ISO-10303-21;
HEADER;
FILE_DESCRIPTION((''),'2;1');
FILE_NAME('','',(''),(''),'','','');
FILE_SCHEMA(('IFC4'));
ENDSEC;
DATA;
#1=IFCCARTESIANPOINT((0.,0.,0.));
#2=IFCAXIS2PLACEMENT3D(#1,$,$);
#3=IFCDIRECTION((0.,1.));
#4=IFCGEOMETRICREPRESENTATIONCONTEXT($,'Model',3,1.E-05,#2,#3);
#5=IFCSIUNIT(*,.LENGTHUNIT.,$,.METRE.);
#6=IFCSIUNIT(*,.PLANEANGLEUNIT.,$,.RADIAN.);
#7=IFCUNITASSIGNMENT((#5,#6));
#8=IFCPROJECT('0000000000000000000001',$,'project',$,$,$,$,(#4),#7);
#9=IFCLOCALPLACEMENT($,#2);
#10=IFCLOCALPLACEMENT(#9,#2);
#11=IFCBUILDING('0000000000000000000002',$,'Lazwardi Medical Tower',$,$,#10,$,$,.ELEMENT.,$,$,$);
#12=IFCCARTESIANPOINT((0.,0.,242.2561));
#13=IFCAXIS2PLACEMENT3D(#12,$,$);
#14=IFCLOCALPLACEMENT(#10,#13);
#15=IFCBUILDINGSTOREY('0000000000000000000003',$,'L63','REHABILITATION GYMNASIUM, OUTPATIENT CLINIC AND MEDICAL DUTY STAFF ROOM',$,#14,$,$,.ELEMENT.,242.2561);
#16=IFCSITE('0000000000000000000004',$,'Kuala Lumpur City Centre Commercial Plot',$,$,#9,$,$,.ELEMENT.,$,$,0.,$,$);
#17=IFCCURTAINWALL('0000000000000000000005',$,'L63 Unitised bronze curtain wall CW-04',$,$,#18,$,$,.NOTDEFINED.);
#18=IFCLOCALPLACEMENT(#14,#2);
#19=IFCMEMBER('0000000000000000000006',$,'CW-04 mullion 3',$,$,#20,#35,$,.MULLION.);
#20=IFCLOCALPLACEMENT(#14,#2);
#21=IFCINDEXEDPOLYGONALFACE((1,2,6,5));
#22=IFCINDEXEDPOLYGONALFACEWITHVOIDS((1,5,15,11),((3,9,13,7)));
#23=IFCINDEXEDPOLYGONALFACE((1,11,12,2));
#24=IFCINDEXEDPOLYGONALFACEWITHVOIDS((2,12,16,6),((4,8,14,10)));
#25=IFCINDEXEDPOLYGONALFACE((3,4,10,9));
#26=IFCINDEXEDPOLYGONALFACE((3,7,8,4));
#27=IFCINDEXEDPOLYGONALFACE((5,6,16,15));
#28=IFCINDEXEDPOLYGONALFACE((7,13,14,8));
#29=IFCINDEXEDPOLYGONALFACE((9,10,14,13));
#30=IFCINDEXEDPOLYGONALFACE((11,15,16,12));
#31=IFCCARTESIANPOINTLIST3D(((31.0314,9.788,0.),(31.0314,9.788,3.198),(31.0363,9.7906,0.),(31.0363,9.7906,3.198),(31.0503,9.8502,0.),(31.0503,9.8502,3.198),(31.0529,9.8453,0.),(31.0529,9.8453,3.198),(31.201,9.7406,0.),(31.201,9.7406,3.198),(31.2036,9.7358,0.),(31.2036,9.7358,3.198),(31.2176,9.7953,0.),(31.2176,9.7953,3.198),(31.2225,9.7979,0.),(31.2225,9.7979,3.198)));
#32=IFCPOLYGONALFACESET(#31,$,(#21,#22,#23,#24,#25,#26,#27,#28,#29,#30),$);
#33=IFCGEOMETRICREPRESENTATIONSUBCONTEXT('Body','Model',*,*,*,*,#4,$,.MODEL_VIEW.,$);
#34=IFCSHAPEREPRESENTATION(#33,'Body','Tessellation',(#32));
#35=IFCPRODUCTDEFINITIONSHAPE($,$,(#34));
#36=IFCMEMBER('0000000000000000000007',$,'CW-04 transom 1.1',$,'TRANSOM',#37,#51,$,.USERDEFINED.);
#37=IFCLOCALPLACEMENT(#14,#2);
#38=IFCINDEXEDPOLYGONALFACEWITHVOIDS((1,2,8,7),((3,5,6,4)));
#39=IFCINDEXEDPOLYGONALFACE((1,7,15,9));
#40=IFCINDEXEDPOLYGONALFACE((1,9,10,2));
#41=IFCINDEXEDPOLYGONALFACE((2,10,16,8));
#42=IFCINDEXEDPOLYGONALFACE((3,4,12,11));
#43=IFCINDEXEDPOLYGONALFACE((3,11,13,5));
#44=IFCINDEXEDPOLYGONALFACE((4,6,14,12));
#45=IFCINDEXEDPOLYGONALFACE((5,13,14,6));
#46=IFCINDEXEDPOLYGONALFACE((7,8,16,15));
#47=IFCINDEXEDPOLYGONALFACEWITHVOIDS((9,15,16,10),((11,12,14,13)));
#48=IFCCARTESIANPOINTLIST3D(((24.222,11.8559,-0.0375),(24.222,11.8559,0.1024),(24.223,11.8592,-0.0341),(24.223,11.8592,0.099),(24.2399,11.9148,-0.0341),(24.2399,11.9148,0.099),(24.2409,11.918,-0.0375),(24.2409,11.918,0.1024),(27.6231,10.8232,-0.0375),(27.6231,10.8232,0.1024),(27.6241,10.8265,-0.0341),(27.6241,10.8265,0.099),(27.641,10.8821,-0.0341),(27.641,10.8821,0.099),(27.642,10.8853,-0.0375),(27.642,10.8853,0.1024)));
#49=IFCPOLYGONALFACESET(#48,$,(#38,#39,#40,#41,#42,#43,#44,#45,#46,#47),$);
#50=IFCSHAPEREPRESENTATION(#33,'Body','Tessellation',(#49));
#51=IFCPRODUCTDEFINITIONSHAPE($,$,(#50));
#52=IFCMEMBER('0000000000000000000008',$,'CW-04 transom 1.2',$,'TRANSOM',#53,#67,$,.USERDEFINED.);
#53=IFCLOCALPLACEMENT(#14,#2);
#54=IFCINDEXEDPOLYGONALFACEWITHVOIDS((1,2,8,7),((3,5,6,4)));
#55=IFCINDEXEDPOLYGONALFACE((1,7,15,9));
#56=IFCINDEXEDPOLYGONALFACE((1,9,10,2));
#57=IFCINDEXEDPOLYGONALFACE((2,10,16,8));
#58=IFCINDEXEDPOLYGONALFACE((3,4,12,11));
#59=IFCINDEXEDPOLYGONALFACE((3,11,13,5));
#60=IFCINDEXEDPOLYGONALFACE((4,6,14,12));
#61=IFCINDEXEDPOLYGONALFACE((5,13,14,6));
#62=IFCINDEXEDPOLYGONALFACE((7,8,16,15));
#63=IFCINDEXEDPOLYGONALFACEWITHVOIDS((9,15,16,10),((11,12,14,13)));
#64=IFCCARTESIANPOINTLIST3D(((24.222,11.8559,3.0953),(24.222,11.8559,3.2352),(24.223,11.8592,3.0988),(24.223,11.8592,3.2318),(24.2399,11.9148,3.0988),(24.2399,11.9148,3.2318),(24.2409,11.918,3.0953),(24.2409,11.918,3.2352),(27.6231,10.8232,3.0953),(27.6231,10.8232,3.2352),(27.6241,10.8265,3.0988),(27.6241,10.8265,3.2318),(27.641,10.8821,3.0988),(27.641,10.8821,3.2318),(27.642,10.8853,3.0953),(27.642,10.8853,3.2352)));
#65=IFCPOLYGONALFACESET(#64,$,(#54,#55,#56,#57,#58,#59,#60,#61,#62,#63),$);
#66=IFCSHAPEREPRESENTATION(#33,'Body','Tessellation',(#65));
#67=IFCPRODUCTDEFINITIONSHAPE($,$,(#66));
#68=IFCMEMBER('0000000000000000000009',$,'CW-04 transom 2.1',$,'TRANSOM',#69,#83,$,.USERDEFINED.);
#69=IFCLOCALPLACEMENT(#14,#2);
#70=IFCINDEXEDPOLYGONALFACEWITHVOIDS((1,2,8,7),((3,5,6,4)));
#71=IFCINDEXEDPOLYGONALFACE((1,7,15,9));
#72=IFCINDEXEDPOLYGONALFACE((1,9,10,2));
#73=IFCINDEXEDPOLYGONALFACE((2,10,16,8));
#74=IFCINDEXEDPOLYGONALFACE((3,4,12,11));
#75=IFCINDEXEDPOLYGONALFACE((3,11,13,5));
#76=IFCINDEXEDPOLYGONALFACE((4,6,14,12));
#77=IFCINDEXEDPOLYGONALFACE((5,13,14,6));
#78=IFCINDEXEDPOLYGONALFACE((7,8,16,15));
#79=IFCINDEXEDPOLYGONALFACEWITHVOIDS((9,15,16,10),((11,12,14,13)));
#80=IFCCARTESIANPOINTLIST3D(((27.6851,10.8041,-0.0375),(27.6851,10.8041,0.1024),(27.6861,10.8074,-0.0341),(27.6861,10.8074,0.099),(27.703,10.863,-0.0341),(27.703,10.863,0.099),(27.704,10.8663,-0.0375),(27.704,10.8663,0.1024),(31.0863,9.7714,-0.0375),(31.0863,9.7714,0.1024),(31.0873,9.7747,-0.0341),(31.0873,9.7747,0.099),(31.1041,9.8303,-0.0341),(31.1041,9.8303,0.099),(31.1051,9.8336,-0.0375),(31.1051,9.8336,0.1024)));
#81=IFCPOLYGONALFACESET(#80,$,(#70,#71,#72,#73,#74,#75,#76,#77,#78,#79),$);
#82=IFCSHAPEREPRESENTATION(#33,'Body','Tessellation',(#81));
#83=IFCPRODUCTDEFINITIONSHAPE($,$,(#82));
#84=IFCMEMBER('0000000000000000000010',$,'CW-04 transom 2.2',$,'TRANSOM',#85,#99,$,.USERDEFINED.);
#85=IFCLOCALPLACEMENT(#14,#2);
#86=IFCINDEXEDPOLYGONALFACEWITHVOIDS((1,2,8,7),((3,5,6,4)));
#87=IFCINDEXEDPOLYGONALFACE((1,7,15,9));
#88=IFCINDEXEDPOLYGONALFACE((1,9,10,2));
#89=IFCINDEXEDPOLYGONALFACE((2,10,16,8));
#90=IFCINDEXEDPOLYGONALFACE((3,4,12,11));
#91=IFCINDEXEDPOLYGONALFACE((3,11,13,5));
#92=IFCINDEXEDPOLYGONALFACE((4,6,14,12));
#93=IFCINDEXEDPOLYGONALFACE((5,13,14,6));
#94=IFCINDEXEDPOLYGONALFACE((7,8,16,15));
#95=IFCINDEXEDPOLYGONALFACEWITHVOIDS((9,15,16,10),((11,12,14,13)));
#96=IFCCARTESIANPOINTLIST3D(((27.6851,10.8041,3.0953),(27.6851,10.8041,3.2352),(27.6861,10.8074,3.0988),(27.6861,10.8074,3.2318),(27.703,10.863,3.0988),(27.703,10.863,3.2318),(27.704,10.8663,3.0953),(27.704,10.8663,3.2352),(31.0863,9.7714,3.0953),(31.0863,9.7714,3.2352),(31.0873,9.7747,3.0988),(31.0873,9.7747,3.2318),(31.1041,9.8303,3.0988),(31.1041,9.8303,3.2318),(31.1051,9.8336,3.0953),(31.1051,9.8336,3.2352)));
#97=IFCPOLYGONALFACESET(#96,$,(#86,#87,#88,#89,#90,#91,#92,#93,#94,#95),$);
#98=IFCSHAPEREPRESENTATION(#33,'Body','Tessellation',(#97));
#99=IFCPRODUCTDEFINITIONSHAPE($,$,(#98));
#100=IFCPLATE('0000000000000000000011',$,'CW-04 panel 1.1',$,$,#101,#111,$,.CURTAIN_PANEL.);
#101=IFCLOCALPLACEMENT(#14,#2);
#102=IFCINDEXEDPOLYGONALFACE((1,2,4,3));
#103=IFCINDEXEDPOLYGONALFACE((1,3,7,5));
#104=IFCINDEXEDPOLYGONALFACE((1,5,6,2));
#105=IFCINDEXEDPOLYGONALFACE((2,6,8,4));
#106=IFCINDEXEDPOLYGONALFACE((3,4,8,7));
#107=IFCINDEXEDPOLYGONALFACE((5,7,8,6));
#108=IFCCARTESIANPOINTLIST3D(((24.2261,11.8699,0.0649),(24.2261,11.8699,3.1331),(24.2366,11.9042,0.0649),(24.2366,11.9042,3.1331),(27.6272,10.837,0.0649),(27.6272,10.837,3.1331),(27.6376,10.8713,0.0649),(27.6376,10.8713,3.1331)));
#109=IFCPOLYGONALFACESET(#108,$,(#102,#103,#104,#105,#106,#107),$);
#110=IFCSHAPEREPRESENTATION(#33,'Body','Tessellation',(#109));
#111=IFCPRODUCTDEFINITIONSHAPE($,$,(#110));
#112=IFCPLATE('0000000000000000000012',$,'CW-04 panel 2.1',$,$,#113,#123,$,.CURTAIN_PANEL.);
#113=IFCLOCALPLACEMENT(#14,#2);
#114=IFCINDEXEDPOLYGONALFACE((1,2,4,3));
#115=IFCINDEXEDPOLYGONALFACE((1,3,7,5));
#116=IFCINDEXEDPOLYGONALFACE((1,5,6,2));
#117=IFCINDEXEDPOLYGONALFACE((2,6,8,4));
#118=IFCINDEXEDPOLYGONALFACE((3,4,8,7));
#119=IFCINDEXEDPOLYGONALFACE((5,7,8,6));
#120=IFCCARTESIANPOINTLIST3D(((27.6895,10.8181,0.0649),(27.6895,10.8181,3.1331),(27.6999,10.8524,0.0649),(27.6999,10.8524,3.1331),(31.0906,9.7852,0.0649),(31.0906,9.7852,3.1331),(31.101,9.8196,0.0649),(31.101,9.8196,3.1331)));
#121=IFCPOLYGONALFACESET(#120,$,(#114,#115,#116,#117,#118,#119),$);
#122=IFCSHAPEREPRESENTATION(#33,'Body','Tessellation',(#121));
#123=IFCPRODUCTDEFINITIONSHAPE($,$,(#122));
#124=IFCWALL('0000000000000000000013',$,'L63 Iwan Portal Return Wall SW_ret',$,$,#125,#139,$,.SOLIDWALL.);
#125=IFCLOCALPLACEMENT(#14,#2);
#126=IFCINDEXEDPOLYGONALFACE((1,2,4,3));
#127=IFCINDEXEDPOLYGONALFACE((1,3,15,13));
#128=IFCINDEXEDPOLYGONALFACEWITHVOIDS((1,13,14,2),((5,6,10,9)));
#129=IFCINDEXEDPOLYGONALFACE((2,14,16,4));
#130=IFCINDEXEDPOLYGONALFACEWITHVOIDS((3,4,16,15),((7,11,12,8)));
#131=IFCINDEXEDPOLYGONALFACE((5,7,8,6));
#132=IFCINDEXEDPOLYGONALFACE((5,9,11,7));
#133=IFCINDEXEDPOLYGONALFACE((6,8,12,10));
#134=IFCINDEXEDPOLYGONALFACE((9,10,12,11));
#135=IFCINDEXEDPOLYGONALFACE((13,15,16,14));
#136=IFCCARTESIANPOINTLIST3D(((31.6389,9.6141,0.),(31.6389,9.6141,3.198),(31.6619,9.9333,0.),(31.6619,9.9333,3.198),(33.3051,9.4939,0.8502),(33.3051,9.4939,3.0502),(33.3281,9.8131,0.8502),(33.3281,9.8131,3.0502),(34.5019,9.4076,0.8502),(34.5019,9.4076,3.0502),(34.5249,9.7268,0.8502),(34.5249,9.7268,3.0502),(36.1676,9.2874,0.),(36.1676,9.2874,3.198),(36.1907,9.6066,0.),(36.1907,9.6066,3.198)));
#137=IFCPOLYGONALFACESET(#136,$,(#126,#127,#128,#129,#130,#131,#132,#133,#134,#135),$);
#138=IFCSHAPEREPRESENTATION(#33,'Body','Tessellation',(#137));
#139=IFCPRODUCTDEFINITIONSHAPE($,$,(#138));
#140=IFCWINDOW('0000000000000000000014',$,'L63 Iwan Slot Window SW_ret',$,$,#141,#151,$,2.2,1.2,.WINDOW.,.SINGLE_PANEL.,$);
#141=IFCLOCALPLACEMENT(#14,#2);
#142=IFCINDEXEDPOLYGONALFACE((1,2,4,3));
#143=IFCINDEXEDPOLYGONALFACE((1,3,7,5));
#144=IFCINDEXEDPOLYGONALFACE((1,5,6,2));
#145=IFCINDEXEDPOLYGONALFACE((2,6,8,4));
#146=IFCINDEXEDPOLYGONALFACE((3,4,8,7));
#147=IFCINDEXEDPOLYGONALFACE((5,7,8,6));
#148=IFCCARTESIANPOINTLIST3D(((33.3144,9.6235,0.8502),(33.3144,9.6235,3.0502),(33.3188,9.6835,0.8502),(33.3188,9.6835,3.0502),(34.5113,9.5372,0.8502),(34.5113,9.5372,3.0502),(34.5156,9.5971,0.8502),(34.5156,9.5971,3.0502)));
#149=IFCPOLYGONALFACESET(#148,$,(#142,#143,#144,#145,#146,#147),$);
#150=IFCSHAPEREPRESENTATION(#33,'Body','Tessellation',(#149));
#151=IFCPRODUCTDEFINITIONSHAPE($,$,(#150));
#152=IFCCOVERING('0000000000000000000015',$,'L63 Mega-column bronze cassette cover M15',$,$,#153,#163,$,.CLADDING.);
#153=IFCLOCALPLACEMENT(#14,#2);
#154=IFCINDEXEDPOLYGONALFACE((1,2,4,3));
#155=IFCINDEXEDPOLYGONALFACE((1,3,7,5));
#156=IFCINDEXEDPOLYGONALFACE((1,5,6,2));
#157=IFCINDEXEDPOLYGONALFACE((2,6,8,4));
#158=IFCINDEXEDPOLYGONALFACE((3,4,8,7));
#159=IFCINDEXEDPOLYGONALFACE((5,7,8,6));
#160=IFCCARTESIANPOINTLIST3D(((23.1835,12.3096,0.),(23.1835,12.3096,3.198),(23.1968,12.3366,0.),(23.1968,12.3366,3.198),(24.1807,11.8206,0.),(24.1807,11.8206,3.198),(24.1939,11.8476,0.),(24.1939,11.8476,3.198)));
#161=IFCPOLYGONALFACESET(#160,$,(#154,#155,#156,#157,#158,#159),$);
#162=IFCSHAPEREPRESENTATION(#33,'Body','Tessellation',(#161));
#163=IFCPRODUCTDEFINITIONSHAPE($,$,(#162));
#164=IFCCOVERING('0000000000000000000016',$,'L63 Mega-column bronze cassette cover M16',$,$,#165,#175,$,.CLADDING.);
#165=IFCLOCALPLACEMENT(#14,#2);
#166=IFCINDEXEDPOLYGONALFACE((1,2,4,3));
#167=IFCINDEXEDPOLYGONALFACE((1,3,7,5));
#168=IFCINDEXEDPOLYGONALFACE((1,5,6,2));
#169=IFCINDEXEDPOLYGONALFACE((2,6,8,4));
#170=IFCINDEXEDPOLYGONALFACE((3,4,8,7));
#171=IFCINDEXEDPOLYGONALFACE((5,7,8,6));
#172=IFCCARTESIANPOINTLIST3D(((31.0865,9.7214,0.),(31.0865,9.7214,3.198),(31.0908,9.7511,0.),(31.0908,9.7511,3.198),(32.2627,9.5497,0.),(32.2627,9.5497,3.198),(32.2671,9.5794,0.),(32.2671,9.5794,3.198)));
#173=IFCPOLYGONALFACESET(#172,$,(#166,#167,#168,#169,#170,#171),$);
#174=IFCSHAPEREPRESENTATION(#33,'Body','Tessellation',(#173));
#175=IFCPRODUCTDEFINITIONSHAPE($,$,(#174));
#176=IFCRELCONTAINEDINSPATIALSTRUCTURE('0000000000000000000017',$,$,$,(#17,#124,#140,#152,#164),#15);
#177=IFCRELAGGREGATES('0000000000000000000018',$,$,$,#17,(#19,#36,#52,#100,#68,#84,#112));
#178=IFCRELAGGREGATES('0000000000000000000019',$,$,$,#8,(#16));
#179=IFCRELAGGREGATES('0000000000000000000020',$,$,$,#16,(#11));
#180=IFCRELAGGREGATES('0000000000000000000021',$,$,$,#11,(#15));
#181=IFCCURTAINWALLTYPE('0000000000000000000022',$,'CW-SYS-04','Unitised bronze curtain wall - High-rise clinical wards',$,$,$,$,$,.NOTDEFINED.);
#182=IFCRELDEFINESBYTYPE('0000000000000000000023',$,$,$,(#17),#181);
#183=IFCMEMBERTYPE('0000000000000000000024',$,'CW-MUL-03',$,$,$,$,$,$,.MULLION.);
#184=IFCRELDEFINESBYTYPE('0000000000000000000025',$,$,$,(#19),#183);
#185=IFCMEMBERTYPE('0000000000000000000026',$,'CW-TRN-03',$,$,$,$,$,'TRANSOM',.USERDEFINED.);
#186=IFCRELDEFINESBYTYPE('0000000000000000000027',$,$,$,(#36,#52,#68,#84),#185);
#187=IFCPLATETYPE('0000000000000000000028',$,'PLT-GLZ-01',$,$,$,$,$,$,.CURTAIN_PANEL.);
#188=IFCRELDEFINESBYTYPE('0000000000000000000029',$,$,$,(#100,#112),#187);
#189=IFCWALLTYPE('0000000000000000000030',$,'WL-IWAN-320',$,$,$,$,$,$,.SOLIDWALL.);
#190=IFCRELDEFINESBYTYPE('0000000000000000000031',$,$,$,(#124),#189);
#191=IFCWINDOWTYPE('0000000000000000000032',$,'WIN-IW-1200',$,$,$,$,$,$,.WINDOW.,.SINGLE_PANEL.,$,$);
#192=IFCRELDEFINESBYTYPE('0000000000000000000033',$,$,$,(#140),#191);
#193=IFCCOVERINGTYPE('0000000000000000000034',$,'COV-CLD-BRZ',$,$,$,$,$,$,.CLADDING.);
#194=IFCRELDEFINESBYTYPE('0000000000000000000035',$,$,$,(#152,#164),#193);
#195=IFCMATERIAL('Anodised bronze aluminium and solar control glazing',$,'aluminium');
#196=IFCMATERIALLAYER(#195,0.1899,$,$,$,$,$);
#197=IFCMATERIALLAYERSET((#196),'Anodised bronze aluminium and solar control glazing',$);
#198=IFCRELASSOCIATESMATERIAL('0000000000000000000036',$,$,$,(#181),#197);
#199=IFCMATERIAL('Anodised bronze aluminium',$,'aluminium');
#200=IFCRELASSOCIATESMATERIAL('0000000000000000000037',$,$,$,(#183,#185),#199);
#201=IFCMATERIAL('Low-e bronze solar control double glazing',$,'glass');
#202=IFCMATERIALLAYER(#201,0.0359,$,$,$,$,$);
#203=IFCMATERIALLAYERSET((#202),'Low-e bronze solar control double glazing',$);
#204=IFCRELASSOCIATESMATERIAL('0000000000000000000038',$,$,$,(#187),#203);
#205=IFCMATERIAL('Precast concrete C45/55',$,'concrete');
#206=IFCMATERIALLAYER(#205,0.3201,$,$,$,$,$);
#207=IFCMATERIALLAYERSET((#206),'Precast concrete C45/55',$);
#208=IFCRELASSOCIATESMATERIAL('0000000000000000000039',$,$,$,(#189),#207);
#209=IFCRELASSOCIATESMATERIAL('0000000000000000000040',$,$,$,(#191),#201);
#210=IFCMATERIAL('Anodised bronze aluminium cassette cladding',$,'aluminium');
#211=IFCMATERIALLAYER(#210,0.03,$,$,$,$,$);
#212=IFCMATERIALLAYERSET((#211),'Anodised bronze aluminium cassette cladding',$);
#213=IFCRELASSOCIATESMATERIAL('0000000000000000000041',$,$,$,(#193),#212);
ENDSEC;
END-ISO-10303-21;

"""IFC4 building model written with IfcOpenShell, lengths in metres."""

from ifc_helpers import new_model, si_unit, direction, frame, frame_2d, origin, origin_2d, place, context, subcontext, project, spatial, rectangle, hollow_rectangle, extrude, material, layer, layer_set, material_profile, profile_set, type_object, element, fill, aggregate, save


model = new_model("IFC4")

# Units and contexts
model_context = context("Model", 3, precision=1e-05, world=origin(), true_north=direction((0.0, 1.0)))
body_context = subcontext(model_context, "Body", "Model", "MODEL_VIEW")
ifc_project = project(units=[si_unit("LENGTHUNIT", "METRE"), si_unit("PLANEANGLEUNIT", "RADIAN")], contexts=[model_context])

# Site, building, storey
site_placement = place(None, origin())
site = spatial("IfcSite", under=ifc_project, at=site_placement, Name="Kuala Lumpur City Centre Commercial Plot", CompositionType="ELEMENT", RefElevation=0.0)
building_placement = place(site_placement, origin())
building = spatial("IfcBuilding", under=site, at=building_placement, Name="Lazwardi Medical Tower", CompositionType="ELEMENT")
storey_placement = place(building_placement, frame((0.0, 0.0, 242.2561)))
storey = spatial("IfcBuildingStorey", under=building, at=storey_placement, Name="L63", Description="REHABILITATION GYMNASIUM, OUTPATIENT CLINIC AND MEDICAL DUTY STAFF ROOM", CompositionType="ELEMENT", Elevation=242.2561)

# Shared definitions
ifc_material_1 = material(Name="Anodised bronze aluminium and solar control glazing", Category="aluminium")
ifc_layer_1 = layer(ifc_material_1, 0.1899)
ifc_layer_set_1 = layer_set([ifc_layer_1], Name="Anodised bronze aluminium and solar control glazing")
curtain_wall_type = type_object("IfcCurtainWallType", Name="CW-SYS-04", Description="Unitised bronze curtain wall - High-rise clinical wards", PredefinedType="NOTDEFINED", material=ifc_layer_set_1)
ifc_material_2 = material(Name="Anodised bronze aluminium", Category="aluminium")
ifc_material_profile_1 = material_profile(ifc_material_2, hollow_rectangle(XDim=0.0649, YDim=0.1799, WallThickness=0.0039, at=origin_2d()), Name="ALU-MULLION 180x65x4")
ifc_profile_set_1 = profile_set([ifc_material_profile_1], Name="Anodised bronze aluminium")
member_type_1 = type_object("IfcMemberType", Name="CW-MUL-03", PredefinedType="MULLION", material=ifc_profile_set_1)

# Curtain wall, members, plates
curtain_wall_1_placement = place(storey_placement, origin())
curtain_wall_1 = element("IfcCurtainWall", 1, at=curtain_wall_1_placement, inside=storey, type_object=curtain_wall_type, Name="L63 Unitised bronze curtain wall CW-04", PredefinedType="NOTDEFINED")
member_1_placement = place(storey_placement, frame((31.127, 9.793, 0.0), z_axis=(0.0, 0.0, 1.0), x_axis=(0.290582, 0.95685, 0.0)))
member_1 = element("IfcMember", 2, at=member_1_placement, type_object=member_type_1, Name="CW-04 mullion 3", PredefinedType="MULLION", context=body_context, shape_type="SweptSolid", body=[
    extrude(hollow_rectangle(XDim=0.0649, YDim=0.1799, WallThickness=0.0039, at=origin_2d()), origin(), (0.0, 0.0, 1.0), 3.198),
])
ifc_material_profile_2 = material_profile(ifc_material_2, hollow_rectangle(XDim=0.0649, YDim=0.1399, WallThickness=0.0034, at=origin_2d()), Name="ALU-TRANSOM 140x65x3.5")
ifc_profile_set_2 = profile_set([ifc_material_profile_2], Name="Anodised bronze aluminium")
member_type_2 = type_object("IfcMemberType", Name="CW-TRN-03", ElementType="TRANSOM", PredefinedType="USERDEFINED", material=ifc_profile_set_2)
member_2_placement = place(storey_placement, frame((24.2314, 11.887, 0.0325), z_axis=(0.956863, -0.290541, 0.0), x_axis=(0.290541, 0.956863, 0.0)))
member_2 = element("IfcMember", 3, at=member_2_placement, type_object=member_type_2, Name="CW-04 transom 1.1", ObjectType="TRANSOM", PredefinedType="USERDEFINED", context=body_context, shape_type="SweptSolid", body=[
    extrude(hollow_rectangle(XDim=0.0649, YDim=0.1399, WallThickness=0.0034, at=origin_2d()), origin(), (0.0, 0.0, 1.0), 3.5544),
])
member_3_placement = place(storey_placement, frame((24.2314, 11.887, 3.1653), z_axis=(0.956863, -0.290541, 0.0), x_axis=(0.290541, 0.956863, 0.0)))
member_3 = element("IfcMember", 4, at=member_3_placement, type_object=member_type_2, Name="CW-04 transom 1.2", ObjectType="TRANSOM", PredefinedType="USERDEFINED", context=body_context, shape_type="SweptSolid", body=[
    extrude(hollow_rectangle(XDim=0.0649, YDim=0.1399, WallThickness=0.0034, at=origin_2d()), origin(), (0.0, 0.0, 1.0), 3.5544),
])
member_4_placement = place(storey_placement, frame((27.6946, 10.8352, 0.0325), z_axis=(0.956863, -0.290541, 0.0), x_axis=(0.290541, 0.956863, 0.0)))
member_4 = element("IfcMember", 5, at=member_4_placement, type_object=member_type_2, Name="CW-04 transom 2.1", ObjectType="TRANSOM", PredefinedType="USERDEFINED", context=body_context, shape_type="SweptSolid", body=[
    extrude(hollow_rectangle(XDim=0.0649, YDim=0.1399, WallThickness=0.0034, at=origin_2d()), origin(), (0.0, 0.0, 1.0), 3.5544),
])
member_5_placement = place(storey_placement, frame((27.6946, 10.8352, 3.1653), z_axis=(0.956863, -0.290541, 0.0), x_axis=(0.290541, 0.956863, 0.0)))
member_5 = element("IfcMember", 6, at=member_5_placement, type_object=member_type_2, Name="CW-04 transom 2.2", ObjectType="TRANSOM", PredefinedType="USERDEFINED", context=body_context, shape_type="SweptSolid", body=[
    extrude(hollow_rectangle(XDim=0.0649, YDim=0.1399, WallThickness=0.0034, at=origin_2d()), origin(), (0.0, 0.0, 1.0), 3.5544),
])
ifc_material_3 = material(Name="Low-e bronze solar control double glazing", Category="glass")
ifc_layer_2 = layer(ifc_material_3, 0.0359)
ifc_layer_set_2 = layer_set([ifc_layer_2], Name="Low-e bronze solar control double glazing")
plate_type = type_object("IfcPlateType", Name="PLT-GLZ-01", PredefinedType="CURTAIN_PANEL", material=ifc_layer_set_2)
plate_1_placement = place(storey_placement, frame((25.9319, 11.3706, 0.0649), z_axis=(0.0, 0.0, 1.0), x_axis=(0.95685, -0.290582, 0.0)))
plate_1 = element("IfcPlate", 7, at=plate_1_placement, type_object=plate_type, Name="CW-04 panel 1.1", PredefinedType="CURTAIN_PANEL", context=body_context, shape_type="SweptSolid", body=[
    extrude(rectangle(XDim=3.5544, YDim=0.0359, at=origin_2d()), origin(), (0.0, 0.0, 1.0), 3.0681),
])
plate_2_placement = place(storey_placement, frame((29.3953, 10.3188, 0.0649), z_axis=(0.0, 0.0, 1.0), x_axis=(0.95685, -0.290582, 0.0)))
plate_2 = element("IfcPlate", 8, at=plate_2_placement, type_object=plate_type, Name="CW-04 panel 2.1", PredefinedType="CURTAIN_PANEL", context=body_context, shape_type="SweptSolid", body=[
    extrude(rectangle(XDim=3.5544, YDim=0.0359, at=origin_2d()), origin(), (0.0, 0.0, 1.0), 3.0681),
])
aggregate(curtain_wall_1, [member_1, member_2, member_3, plate_1, member_4, member_5, plate_2])

# Wall, opening, window
ifc_material_4 = material(Name="Precast concrete C45/55", Category="concrete")
ifc_layer_3 = layer(ifc_material_4, 0.3201)
ifc_layer_set_3 = layer_set([ifc_layer_3], Name="Precast concrete C45/55")
wall_type = type_object("IfcWallType", Name="WL-IWAN-320", PredefinedType="SOLIDWALL", material=ifc_layer_set_3)
wall_placement = place(storey_placement, frame((31.6504, 9.7737, 0.0), z_axis=(0.0, 0.0, 1.0), x_axis=(0.997409, -0.071942, 0.0)))
wall = element("IfcWall", 9, at=wall_placement, inside=storey, type_object=wall_type, Name="L63 Iwan Portal Return Wall SW_ret", PredefinedType="SOLIDWALL", context=body_context, shape_type="SweptSolid", body=[
    extrude(rectangle(XDim=4.5405, YDim=0.3201, at=frame_2d((2.2703, 0.0))), origin(), (0.0, 0.0, 1.0), 3.198),
])
opening_placement = place(wall_placement, frame((1.6704, 0.0, 0.8501)))
opening = element("IfcOpeningElement", 10, at=opening_placement, cuts=wall, PredefinedType="OPENING", context=body_context, shape_type="SweptSolid", body=[
    extrude(rectangle(XDim=1.2, YDim=2.2, at=frame_2d((0.6001, 1.1001))), frame((0.0, 0.1699, 0.0), z_axis=(0.0, -1.0, 0.0), x_axis=(1.0, 0.0, 0.0)), (0.0, 0.0, 1.0), 0.3401),
])
window_type = type_object("IfcWindowType", Name="WIN-IW-1200", PartitioningType="SINGLE_PANEL", PredefinedType="WINDOW", material=ifc_material_3)
window_placement = place(opening_placement, origin())
window = element("IfcWindow", 11, at=window_placement, inside=storey, type_object=window_type, Name="L63 Iwan Slot Window SW_ret", OverallHeight=2.2, OverallWidth=1.2, PartitioningType="SINGLE_PANEL", PredefinedType="WINDOW", context=body_context, shape_type="SweptSolid", body=[
    extrude(rectangle(XDim=1.2, YDim=2.2, at=frame_2d((0.6001, 1.1001))), frame((0.0, 0.03, 0.0), z_axis=(0.0, -1.0, 0.0), x_axis=(1.0, 0.0, 0.0)), (0.0, 0.0, 1.0), 0.0601),
])
fill(opening, window)

# Coverings
ifc_material_5 = material(Name="Anodised bronze aluminium cassette cladding", Category="aluminium")
ifc_layer_4 = layer(ifc_material_5, 0.03)
ifc_layer_set_4 = layer_set([ifc_layer_4], Name="Anodised bronze aluminium cassette cladding")
covering_type_1 = type_object("IfcCoveringType", Name="COV-CLD-BRZ", PredefinedType="CLADDING", material=ifc_layer_set_4)
covering_1_placement = place(storey_placement, frame((23.6887, 12.0786, 0.0), z_axis=(0.0, 0.0, 1.0), x_axis=(0.89784, -0.440322, 0.0)))
element("IfcCovering", 12, at=covering_1_placement, inside=storey, type_object=covering_type_1, Name="L63 Mega-column bronze cassette cover M15", PredefinedType="CLADDING", context=body_context, shape_type="SweptSolid", body=[
    extrude(rectangle(XDim=1.1106, YDim=0.03, at=origin_2d()), origin(), (0.0, 0.0, 1.0), 3.198),
])
covering_2_placement = place(storey_placement, frame((31.6768, 9.6504, 0.0), z_axis=(0.0, 0.0, 1.0), x_axis=(0.989512, -0.144448, 0.0)))
element("IfcCovering", 13, at=covering_2_placement, inside=storey, type_object=covering_type_1, Name="L63 Mega-column bronze cassette cover M16", PredefinedType="CLADDING", context=body_context, shape_type="SweptSolid", body=[
    extrude(rectangle(XDim=1.1887, YDim=0.03, at=origin_2d()), origin(), (0.0, 0.0, 1.0), 3.198),
])

save(model, "model.ifc")
